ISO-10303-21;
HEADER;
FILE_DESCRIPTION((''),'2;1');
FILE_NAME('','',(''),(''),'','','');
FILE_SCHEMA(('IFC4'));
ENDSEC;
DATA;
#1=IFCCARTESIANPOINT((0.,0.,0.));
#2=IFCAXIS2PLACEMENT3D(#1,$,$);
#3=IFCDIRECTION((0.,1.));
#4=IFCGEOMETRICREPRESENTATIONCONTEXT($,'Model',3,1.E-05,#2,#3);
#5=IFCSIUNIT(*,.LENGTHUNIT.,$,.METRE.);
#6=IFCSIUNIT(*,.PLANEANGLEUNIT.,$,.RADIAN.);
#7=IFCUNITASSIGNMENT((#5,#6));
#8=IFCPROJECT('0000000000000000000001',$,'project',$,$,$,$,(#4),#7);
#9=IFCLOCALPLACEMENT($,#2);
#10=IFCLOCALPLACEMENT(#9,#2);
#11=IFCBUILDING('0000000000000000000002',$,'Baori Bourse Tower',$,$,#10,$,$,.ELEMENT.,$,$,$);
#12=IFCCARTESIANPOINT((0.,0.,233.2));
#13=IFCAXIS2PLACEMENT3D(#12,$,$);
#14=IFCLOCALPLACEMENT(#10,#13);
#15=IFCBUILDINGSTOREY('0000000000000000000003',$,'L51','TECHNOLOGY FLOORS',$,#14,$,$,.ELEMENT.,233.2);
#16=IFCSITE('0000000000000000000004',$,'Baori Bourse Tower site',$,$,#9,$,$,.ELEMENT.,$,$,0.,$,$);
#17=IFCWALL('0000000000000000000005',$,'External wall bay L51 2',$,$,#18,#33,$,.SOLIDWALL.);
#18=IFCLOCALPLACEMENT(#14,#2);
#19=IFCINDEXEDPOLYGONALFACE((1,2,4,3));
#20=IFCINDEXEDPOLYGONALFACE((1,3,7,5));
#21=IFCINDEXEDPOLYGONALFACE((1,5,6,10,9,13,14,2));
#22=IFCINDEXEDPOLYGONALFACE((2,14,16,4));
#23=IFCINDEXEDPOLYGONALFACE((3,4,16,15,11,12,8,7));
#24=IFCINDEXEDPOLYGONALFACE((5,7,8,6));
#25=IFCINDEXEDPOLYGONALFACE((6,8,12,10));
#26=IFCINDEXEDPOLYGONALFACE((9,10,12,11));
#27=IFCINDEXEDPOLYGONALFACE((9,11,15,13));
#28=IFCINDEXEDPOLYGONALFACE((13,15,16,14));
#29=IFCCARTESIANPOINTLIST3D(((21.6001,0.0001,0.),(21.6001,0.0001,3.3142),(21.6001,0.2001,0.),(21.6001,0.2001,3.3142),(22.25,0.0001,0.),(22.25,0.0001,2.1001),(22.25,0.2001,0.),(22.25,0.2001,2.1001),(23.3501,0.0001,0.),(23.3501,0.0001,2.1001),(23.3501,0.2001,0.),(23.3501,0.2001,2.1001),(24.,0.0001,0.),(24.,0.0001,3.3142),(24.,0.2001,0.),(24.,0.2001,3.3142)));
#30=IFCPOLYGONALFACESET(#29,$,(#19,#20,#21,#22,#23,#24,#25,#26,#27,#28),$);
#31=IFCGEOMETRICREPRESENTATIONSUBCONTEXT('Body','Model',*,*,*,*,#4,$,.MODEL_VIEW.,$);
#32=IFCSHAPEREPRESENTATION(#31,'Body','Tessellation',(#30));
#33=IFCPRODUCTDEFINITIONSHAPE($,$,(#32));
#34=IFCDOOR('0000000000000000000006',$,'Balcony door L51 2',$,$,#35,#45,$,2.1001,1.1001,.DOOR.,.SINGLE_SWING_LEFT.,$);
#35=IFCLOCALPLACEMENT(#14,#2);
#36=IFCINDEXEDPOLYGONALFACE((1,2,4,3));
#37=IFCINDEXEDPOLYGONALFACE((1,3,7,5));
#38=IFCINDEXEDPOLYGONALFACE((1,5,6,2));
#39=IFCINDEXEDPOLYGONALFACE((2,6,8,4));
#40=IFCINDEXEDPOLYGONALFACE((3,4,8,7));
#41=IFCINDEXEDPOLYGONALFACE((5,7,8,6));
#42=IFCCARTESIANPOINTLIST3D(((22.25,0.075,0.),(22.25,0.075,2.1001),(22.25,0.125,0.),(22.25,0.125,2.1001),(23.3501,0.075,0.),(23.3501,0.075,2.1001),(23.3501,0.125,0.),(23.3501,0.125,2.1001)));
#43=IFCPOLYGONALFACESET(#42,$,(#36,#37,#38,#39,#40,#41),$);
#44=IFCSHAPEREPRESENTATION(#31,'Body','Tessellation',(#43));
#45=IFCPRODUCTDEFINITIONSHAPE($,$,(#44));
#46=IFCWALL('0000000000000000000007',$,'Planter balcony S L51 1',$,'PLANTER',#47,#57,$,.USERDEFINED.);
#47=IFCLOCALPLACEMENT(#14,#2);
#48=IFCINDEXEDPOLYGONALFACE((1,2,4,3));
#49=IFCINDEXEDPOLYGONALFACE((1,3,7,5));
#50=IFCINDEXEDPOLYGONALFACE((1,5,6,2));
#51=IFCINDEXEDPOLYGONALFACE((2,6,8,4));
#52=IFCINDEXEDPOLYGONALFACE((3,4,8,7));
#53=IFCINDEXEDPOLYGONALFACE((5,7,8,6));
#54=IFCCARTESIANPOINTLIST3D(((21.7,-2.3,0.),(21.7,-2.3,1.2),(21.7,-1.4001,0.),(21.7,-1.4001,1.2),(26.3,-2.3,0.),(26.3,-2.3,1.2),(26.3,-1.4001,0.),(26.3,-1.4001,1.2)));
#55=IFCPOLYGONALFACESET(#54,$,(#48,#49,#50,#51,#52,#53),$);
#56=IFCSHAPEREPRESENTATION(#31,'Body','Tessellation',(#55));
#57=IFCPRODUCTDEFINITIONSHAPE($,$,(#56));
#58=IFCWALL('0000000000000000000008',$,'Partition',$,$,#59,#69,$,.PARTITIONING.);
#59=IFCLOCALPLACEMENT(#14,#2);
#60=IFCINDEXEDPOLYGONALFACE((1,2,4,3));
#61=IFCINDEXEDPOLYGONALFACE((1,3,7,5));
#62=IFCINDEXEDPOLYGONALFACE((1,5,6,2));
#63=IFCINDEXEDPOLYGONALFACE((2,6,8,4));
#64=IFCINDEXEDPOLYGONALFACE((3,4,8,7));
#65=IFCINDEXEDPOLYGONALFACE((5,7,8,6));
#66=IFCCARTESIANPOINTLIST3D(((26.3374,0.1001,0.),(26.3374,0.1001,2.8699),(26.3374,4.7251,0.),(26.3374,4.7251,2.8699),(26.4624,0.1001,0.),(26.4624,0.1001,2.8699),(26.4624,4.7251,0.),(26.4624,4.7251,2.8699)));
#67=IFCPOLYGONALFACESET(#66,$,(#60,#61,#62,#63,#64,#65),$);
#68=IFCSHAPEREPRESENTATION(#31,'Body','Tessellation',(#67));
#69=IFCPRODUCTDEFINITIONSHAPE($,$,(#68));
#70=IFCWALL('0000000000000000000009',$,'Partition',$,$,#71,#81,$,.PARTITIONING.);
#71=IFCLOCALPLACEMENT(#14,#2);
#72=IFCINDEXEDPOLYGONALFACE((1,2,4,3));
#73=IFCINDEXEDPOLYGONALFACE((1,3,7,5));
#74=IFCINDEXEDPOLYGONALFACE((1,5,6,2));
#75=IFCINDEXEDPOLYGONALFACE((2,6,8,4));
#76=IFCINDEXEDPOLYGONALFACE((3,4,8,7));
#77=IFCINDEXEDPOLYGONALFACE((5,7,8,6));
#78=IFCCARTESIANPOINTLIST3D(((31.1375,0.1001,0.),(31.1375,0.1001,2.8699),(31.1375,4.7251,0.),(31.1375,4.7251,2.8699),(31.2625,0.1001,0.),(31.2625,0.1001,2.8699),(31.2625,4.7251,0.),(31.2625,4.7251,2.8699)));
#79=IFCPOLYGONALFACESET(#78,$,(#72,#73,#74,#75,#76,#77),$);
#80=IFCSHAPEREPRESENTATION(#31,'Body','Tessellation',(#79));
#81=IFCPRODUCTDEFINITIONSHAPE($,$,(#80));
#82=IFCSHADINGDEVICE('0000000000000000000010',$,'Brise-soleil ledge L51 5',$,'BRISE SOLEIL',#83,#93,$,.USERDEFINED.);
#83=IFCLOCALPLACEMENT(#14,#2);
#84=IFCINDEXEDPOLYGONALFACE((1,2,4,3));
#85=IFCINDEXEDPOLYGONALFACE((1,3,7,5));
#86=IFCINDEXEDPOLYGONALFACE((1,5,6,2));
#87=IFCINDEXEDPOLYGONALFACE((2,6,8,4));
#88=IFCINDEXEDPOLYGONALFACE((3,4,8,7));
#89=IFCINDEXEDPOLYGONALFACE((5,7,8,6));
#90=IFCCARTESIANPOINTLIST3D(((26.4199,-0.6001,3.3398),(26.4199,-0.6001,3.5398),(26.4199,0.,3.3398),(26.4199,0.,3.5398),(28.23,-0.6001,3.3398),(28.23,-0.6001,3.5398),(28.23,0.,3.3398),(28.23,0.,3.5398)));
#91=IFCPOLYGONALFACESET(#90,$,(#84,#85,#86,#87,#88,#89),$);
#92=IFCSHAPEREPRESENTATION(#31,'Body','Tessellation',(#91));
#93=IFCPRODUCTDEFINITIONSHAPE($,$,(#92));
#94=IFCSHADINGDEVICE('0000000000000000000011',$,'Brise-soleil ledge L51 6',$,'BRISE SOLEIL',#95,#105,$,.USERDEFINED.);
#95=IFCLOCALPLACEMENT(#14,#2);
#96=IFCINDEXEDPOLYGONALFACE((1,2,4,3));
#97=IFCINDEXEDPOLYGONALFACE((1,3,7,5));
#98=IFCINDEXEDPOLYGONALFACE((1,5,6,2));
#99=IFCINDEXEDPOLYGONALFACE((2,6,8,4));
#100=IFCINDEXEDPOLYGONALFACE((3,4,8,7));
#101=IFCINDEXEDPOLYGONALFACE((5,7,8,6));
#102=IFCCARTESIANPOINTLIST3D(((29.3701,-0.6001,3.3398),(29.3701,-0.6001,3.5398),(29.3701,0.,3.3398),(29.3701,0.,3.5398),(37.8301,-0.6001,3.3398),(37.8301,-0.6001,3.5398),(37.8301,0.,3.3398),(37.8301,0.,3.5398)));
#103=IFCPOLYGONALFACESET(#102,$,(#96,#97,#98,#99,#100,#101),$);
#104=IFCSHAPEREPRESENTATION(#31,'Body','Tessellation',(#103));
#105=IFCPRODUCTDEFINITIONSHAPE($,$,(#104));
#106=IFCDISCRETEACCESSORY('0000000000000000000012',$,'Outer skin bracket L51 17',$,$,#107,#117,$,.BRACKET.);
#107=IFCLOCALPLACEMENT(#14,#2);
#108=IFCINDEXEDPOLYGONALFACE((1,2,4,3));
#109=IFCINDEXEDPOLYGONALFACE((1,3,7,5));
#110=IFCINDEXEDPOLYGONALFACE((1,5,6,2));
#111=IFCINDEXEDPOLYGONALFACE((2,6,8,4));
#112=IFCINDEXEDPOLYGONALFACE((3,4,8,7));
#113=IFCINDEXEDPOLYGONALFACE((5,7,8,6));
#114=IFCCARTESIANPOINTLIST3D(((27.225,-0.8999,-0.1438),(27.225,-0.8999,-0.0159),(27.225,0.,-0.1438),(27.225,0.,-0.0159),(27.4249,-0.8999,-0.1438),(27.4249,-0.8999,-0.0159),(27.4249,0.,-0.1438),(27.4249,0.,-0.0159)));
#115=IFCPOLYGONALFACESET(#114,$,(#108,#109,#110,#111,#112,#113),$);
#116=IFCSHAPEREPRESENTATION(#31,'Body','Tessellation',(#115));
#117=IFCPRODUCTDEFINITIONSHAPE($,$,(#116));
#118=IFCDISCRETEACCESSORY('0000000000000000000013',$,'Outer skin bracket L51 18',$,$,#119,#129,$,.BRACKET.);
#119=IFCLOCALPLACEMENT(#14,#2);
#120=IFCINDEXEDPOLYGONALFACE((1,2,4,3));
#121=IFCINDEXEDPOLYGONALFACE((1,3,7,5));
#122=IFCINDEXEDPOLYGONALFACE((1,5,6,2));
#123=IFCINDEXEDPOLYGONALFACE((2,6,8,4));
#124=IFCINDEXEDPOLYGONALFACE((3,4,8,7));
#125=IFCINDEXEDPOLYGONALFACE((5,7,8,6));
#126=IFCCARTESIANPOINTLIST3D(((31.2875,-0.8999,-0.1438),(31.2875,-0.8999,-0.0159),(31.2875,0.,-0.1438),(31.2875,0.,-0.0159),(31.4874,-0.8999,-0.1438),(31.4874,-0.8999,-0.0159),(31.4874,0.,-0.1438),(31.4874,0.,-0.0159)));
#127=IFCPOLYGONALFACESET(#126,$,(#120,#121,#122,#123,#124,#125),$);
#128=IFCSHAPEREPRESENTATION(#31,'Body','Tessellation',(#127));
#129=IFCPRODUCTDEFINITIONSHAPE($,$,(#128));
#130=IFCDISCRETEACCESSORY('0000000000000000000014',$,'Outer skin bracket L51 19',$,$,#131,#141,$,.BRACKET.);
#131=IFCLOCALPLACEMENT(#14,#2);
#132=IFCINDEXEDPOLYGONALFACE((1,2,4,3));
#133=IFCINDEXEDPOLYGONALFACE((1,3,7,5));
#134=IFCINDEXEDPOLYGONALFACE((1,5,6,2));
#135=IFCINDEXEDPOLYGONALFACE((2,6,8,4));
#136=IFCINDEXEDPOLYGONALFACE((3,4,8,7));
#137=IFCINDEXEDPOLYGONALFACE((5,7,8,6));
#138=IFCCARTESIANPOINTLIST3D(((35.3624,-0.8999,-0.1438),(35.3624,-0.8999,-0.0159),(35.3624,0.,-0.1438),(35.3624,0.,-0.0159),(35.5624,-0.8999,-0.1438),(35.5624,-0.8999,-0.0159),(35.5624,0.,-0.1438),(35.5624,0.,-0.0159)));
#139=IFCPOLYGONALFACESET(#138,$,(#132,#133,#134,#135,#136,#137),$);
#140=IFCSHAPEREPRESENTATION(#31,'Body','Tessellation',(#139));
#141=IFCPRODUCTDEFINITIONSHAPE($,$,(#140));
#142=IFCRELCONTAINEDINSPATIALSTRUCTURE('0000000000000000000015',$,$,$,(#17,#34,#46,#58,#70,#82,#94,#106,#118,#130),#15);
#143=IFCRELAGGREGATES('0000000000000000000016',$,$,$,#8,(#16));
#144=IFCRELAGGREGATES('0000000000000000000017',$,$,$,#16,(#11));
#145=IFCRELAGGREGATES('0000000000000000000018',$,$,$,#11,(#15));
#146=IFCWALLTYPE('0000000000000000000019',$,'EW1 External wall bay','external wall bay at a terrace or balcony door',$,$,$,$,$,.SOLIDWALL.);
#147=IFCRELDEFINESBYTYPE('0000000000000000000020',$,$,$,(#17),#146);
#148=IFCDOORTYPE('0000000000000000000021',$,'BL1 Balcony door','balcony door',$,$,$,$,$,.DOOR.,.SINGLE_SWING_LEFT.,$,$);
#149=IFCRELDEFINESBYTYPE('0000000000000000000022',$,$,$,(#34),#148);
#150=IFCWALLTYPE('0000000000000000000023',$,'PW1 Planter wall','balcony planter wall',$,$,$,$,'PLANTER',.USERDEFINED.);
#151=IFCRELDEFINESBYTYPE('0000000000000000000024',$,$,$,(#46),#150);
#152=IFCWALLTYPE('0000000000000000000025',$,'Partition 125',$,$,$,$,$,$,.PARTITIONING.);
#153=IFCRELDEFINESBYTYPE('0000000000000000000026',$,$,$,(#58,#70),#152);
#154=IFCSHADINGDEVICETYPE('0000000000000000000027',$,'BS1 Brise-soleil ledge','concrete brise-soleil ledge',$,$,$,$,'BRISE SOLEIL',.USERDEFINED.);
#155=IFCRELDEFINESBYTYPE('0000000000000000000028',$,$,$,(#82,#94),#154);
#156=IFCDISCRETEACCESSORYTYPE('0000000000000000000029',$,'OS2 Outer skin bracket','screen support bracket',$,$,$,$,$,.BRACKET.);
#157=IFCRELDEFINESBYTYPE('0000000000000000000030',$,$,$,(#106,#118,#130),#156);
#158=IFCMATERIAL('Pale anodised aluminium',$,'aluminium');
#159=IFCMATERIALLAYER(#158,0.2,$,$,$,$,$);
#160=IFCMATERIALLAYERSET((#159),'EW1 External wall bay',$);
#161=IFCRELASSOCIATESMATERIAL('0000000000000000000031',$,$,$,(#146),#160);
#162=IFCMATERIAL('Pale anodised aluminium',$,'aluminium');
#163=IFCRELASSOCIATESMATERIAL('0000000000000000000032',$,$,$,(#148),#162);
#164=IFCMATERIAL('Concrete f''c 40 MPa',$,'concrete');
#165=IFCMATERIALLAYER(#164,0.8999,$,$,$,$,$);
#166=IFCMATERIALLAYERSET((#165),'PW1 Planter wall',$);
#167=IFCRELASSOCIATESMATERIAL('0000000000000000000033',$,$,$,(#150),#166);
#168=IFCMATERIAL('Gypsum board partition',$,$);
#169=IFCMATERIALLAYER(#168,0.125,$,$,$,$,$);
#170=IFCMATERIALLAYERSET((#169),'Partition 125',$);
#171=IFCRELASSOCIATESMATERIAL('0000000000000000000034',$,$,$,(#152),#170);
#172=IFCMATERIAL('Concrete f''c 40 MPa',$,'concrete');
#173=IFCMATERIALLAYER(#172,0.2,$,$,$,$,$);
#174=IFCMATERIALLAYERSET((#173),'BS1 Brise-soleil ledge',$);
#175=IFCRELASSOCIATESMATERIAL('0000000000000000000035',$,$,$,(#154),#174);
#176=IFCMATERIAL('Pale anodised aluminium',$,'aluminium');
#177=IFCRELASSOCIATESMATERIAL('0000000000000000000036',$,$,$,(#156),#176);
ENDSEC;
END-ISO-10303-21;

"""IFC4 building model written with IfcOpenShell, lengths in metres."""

from ifc_helpers import new_model, si_unit, direction, frame, frame_2d, origin, origin_2d, place, context, subcontext, project, spatial, rectangle, extrude, material, layer, layer_set, type_object, element, fill, save


model = new_model("IFC4")

# Units and contexts
model_context = context("Model", 3, precision=1e-05, world=origin(), true_north=direction((0.0, 1.0)))
body_context = subcontext(model_context, "Body", "Model", "MODEL_VIEW")
ifc_project = project(units=[si_unit("LENGTHUNIT", "METRE"), si_unit("PLANEANGLEUNIT", "RADIAN")], contexts=[model_context])

# Site, building, storey
site_placement = place(None, origin())
site = spatial("IfcSite", under=ifc_project, at=site_placement, Name="Baori Bourse Tower site", CompositionType="ELEMENT", RefElevation=0.0)
building_placement = place(site_placement, origin())
building = spatial("IfcBuilding", under=site, at=building_placement, Name="Baori Bourse Tower", CompositionType="ELEMENT")
storey_placement = place(building_placement, frame((0.0, 0.0, 233.2)))
storey = spatial("IfcBuildingStorey", under=building, at=storey_placement, Name="L51", Description="TECHNOLOGY FLOORS", CompositionType="ELEMENT", Elevation=233.2)

# Wall, opening, door
ifc_material_1 = material(Name="Pale anodised aluminium", Category="aluminium")
ifc_layer_1 = layer(ifc_material_1, 0.2)
ifc_layer_set_1 = layer_set([ifc_layer_1], Name="EW1 External wall bay")
wall_type_1 = type_object("IfcWallType", Name="EW1 External wall bay", Description="external wall bay at a terrace or balcony door", PredefinedType="SOLIDWALL", material=ifc_layer_set_1)
wall_1_placement = place(storey_placement, frame((21.6001, 0.1001, 0.0), z_axis=(0.0, 0.0, 1.0), x_axis=(1.0, 0.0, 0.0)))
wall_1 = element("IfcWall", 1, at=wall_1_placement, inside=storey, type_object=wall_type_1, Name="External wall bay L51 2", PredefinedType="SOLIDWALL", context=body_context, shape_type="SweptSolid", body=[
    extrude(rectangle(XDim=2.3999, YDim=0.2, at=frame_2d((1.2, 0.0))), origin(), (0.0, 0.0, 1.0), 3.3142),
])
opening_placement = place(wall_1_placement, frame((0.6499, 0.0, 0.0)))
opening = element("IfcOpeningElement", 2, at=opening_placement, cuts=wall_1, PredefinedType="OPENING", context=body_context, shape_type="SweptSolid", body=[
    extrude(rectangle(XDim=1.1001, YDim=2.1001, at=frame_2d((0.55, 1.05))), frame((0.0, 0.1099, 0.0), z_axis=(0.0, -1.0, 0.0), x_axis=(1.0, 0.0, 0.0)), (0.0, 0.0, 1.0), 0.22),
])
ifc_material_2 = material(Name="Pale anodised aluminium", Category="aluminium")
door_type = type_object("IfcDoorType", Name="BL1 Balcony door", Description="balcony door", OperationType="SINGLE_SWING_LEFT", PredefinedType="DOOR", material=ifc_material_2)
door_placement = place(opening_placement, origin())
door = element("IfcDoor", 3, at=door_placement, inside=storey, type_object=door_type, Name="Balcony door L51 2", OperationType="SINGLE_SWING_LEFT", OverallHeight=2.1001, OverallWidth=1.1001, PredefinedType="DOOR", context=body_context, shape_type="SweptSolid", body=[
    extrude(rectangle(XDim=1.1001, YDim=2.1001, at=frame_2d((0.55, 1.05))), frame((0.0, 0.0249, 0.0), z_axis=(0.0, -1.0, 0.0), x_axis=(1.0, 0.0, 0.0)), (0.0, 0.0, 1.0), 0.05),
])
fill(opening, door)

# Walls
ifc_material_3 = material(Name="Concrete f'c 40 MPa", Category="concrete")
ifc_layer_2 = layer(ifc_material_3, 0.8999)
ifc_layer_set_2 = layer_set([ifc_layer_2], Name="PW1 Planter wall")
wall_type_2 = type_object("IfcWallType", Name="PW1 Planter wall", Description="balcony planter wall", ElementType="PLANTER", PredefinedType="USERDEFINED", material=ifc_layer_set_2)
wall_2_placement = place(storey_placement, frame((21.7, -1.8501, 0.0), z_axis=(0.0, 0.0, 1.0), x_axis=(1.0, 0.0, 0.0)))
element("IfcWall", 4, at=wall_2_placement, inside=storey, type_object=wall_type_2, Name="Planter balcony S L51 1", ObjectType="PLANTER", PredefinedType="USERDEFINED", context=body_context, shape_type="SweptSolid", body=[
    extrude(rectangle(XDim=4.6001, YDim=0.8999, at=frame_2d((2.3, 0.0))), origin(), (0.0, 0.0, 1.0), 1.2),
])
ifc_material_4 = material(Name="Gypsum board partition")
ifc_layer_3 = layer(ifc_material_4, 0.125)
ifc_layer_set_3 = layer_set([ifc_layer_3], Name="Partition 125")
wall_type_3 = type_object("IfcWallType", Name="Partition 125", PredefinedType="PARTITIONING", material=ifc_layer_set_3)
for number, where, z_axis, x_axis, name in (
    (5, (26.3999, 0.1001, 0.0), (0.0, 0.0, 1.0), (0.0, 1.0, 0.0), "Partition"),
    (6, (31.2, 0.1001, 0.0), (0.0, 0.0, 1.0), (0.0, 1.0, 0.0), "Partition"),
):
    element("IfcWall", number, at=place(storey_placement, frame(where, z_axis=z_axis, x_axis=x_axis)), inside=storey, type_object=wall_type_3, Name=name, PredefinedType="PARTITIONING", context=body_context, shape_type="SweptSolid", body=[
        extrude(rectangle(XDim=4.625, YDim=0.125, at=frame_2d((2.3125, 0.0))), origin(), (0.0, 0.0, 1.0), 2.8699),
    ])

# Shading devices
ifc_material_5 = material(Name="Concrete f'c 40 MPa", Category="concrete")
ifc_layer_4 = layer(ifc_material_5, 0.2)
ifc_layer_set_4 = layer_set([ifc_layer_4], Name="BS1 Brise-soleil ledge")
shading_device_type = type_object("IfcShadingDeviceType", Name="BS1 Brise-soleil ledge", Description="concrete brise-soleil ledge", ElementType="BRISE SOLEIL", PredefinedType="USERDEFINED", material=ifc_layer_set_4)
shading_device_1_placement = place(storey_placement, frame((27.325, -0.3, 3.3398), z_axis=(0.0, 0.0, 1.0), x_axis=(1.0, 0.0, 0.0)))
element("IfcShadingDevice", 7, at=shading_device_1_placement, inside=storey, type_object=shading_device_type, Name="Brise-soleil ledge L51 5", ObjectType="BRISE SOLEIL", PredefinedType="USERDEFINED", context=body_context, shape_type="SweptSolid", body=[
    extrude(rectangle(XDim=1.8101, YDim=0.6001, at=origin_2d()), origin(), (0.0, 0.0, 1.0), 0.2),
])
shading_device_2_placement = place(storey_placement, frame((33.6001, -0.3, 3.3398), z_axis=(0.0, 0.0, 1.0), x_axis=(1.0, 0.0, 0.0)))
element("IfcShadingDevice", 8, at=shading_device_2_placement, inside=storey, type_object=shading_device_type, Name="Brise-soleil ledge L51 6", ObjectType="BRISE SOLEIL", PredefinedType="USERDEFINED", context=body_context, shape_type="SweptSolid", body=[
    extrude(rectangle(XDim=8.46, YDim=0.6001, at=origin_2d()), origin(), (0.0, 0.0, 1.0), 0.2),
])

# Discrete accessories
ifc_material_6 = material(Name="Pale anodised aluminium", Category="aluminium")
discrete_accessory_type = type_object("IfcDiscreteAccessoryType", Name="OS2 Outer skin bracket", Description="screen support bracket", PredefinedType="BRACKET", material=ifc_material_6)
for number, where, z_axis, x_axis, name in (
    (9, (27.325, -0.45, -0.1438), (0.0, 0.0, 1.0), (1.0, 0.0, 0.0), "Outer skin bracket L51 17"),
    (10, (31.3875, -0.45, -0.1438), (0.0, 0.0, 1.0), (1.0, 0.0, 0.0), "Outer skin bracket L51 18"),
    (11, (35.4624, -0.45, -0.1438), (0.0, 0.0, 1.0), (1.0, 0.0, 0.0), "Outer skin bracket L51 19"),
):
    element("IfcDiscreteAccessory", number, at=place(storey_placement, frame(where, z_axis=z_axis, x_axis=x_axis)), inside=storey, type_object=discrete_accessory_type, Name=name, PredefinedType="BRACKET", context=body_context, shape_type="SweptSolid", body=[
        extrude(rectangle(XDim=0.2, YDim=0.8999, at=origin_2d()), origin(), (0.0, 0.0, 1.0), 0.1279),
    ])

save(model, "model.ifc")
